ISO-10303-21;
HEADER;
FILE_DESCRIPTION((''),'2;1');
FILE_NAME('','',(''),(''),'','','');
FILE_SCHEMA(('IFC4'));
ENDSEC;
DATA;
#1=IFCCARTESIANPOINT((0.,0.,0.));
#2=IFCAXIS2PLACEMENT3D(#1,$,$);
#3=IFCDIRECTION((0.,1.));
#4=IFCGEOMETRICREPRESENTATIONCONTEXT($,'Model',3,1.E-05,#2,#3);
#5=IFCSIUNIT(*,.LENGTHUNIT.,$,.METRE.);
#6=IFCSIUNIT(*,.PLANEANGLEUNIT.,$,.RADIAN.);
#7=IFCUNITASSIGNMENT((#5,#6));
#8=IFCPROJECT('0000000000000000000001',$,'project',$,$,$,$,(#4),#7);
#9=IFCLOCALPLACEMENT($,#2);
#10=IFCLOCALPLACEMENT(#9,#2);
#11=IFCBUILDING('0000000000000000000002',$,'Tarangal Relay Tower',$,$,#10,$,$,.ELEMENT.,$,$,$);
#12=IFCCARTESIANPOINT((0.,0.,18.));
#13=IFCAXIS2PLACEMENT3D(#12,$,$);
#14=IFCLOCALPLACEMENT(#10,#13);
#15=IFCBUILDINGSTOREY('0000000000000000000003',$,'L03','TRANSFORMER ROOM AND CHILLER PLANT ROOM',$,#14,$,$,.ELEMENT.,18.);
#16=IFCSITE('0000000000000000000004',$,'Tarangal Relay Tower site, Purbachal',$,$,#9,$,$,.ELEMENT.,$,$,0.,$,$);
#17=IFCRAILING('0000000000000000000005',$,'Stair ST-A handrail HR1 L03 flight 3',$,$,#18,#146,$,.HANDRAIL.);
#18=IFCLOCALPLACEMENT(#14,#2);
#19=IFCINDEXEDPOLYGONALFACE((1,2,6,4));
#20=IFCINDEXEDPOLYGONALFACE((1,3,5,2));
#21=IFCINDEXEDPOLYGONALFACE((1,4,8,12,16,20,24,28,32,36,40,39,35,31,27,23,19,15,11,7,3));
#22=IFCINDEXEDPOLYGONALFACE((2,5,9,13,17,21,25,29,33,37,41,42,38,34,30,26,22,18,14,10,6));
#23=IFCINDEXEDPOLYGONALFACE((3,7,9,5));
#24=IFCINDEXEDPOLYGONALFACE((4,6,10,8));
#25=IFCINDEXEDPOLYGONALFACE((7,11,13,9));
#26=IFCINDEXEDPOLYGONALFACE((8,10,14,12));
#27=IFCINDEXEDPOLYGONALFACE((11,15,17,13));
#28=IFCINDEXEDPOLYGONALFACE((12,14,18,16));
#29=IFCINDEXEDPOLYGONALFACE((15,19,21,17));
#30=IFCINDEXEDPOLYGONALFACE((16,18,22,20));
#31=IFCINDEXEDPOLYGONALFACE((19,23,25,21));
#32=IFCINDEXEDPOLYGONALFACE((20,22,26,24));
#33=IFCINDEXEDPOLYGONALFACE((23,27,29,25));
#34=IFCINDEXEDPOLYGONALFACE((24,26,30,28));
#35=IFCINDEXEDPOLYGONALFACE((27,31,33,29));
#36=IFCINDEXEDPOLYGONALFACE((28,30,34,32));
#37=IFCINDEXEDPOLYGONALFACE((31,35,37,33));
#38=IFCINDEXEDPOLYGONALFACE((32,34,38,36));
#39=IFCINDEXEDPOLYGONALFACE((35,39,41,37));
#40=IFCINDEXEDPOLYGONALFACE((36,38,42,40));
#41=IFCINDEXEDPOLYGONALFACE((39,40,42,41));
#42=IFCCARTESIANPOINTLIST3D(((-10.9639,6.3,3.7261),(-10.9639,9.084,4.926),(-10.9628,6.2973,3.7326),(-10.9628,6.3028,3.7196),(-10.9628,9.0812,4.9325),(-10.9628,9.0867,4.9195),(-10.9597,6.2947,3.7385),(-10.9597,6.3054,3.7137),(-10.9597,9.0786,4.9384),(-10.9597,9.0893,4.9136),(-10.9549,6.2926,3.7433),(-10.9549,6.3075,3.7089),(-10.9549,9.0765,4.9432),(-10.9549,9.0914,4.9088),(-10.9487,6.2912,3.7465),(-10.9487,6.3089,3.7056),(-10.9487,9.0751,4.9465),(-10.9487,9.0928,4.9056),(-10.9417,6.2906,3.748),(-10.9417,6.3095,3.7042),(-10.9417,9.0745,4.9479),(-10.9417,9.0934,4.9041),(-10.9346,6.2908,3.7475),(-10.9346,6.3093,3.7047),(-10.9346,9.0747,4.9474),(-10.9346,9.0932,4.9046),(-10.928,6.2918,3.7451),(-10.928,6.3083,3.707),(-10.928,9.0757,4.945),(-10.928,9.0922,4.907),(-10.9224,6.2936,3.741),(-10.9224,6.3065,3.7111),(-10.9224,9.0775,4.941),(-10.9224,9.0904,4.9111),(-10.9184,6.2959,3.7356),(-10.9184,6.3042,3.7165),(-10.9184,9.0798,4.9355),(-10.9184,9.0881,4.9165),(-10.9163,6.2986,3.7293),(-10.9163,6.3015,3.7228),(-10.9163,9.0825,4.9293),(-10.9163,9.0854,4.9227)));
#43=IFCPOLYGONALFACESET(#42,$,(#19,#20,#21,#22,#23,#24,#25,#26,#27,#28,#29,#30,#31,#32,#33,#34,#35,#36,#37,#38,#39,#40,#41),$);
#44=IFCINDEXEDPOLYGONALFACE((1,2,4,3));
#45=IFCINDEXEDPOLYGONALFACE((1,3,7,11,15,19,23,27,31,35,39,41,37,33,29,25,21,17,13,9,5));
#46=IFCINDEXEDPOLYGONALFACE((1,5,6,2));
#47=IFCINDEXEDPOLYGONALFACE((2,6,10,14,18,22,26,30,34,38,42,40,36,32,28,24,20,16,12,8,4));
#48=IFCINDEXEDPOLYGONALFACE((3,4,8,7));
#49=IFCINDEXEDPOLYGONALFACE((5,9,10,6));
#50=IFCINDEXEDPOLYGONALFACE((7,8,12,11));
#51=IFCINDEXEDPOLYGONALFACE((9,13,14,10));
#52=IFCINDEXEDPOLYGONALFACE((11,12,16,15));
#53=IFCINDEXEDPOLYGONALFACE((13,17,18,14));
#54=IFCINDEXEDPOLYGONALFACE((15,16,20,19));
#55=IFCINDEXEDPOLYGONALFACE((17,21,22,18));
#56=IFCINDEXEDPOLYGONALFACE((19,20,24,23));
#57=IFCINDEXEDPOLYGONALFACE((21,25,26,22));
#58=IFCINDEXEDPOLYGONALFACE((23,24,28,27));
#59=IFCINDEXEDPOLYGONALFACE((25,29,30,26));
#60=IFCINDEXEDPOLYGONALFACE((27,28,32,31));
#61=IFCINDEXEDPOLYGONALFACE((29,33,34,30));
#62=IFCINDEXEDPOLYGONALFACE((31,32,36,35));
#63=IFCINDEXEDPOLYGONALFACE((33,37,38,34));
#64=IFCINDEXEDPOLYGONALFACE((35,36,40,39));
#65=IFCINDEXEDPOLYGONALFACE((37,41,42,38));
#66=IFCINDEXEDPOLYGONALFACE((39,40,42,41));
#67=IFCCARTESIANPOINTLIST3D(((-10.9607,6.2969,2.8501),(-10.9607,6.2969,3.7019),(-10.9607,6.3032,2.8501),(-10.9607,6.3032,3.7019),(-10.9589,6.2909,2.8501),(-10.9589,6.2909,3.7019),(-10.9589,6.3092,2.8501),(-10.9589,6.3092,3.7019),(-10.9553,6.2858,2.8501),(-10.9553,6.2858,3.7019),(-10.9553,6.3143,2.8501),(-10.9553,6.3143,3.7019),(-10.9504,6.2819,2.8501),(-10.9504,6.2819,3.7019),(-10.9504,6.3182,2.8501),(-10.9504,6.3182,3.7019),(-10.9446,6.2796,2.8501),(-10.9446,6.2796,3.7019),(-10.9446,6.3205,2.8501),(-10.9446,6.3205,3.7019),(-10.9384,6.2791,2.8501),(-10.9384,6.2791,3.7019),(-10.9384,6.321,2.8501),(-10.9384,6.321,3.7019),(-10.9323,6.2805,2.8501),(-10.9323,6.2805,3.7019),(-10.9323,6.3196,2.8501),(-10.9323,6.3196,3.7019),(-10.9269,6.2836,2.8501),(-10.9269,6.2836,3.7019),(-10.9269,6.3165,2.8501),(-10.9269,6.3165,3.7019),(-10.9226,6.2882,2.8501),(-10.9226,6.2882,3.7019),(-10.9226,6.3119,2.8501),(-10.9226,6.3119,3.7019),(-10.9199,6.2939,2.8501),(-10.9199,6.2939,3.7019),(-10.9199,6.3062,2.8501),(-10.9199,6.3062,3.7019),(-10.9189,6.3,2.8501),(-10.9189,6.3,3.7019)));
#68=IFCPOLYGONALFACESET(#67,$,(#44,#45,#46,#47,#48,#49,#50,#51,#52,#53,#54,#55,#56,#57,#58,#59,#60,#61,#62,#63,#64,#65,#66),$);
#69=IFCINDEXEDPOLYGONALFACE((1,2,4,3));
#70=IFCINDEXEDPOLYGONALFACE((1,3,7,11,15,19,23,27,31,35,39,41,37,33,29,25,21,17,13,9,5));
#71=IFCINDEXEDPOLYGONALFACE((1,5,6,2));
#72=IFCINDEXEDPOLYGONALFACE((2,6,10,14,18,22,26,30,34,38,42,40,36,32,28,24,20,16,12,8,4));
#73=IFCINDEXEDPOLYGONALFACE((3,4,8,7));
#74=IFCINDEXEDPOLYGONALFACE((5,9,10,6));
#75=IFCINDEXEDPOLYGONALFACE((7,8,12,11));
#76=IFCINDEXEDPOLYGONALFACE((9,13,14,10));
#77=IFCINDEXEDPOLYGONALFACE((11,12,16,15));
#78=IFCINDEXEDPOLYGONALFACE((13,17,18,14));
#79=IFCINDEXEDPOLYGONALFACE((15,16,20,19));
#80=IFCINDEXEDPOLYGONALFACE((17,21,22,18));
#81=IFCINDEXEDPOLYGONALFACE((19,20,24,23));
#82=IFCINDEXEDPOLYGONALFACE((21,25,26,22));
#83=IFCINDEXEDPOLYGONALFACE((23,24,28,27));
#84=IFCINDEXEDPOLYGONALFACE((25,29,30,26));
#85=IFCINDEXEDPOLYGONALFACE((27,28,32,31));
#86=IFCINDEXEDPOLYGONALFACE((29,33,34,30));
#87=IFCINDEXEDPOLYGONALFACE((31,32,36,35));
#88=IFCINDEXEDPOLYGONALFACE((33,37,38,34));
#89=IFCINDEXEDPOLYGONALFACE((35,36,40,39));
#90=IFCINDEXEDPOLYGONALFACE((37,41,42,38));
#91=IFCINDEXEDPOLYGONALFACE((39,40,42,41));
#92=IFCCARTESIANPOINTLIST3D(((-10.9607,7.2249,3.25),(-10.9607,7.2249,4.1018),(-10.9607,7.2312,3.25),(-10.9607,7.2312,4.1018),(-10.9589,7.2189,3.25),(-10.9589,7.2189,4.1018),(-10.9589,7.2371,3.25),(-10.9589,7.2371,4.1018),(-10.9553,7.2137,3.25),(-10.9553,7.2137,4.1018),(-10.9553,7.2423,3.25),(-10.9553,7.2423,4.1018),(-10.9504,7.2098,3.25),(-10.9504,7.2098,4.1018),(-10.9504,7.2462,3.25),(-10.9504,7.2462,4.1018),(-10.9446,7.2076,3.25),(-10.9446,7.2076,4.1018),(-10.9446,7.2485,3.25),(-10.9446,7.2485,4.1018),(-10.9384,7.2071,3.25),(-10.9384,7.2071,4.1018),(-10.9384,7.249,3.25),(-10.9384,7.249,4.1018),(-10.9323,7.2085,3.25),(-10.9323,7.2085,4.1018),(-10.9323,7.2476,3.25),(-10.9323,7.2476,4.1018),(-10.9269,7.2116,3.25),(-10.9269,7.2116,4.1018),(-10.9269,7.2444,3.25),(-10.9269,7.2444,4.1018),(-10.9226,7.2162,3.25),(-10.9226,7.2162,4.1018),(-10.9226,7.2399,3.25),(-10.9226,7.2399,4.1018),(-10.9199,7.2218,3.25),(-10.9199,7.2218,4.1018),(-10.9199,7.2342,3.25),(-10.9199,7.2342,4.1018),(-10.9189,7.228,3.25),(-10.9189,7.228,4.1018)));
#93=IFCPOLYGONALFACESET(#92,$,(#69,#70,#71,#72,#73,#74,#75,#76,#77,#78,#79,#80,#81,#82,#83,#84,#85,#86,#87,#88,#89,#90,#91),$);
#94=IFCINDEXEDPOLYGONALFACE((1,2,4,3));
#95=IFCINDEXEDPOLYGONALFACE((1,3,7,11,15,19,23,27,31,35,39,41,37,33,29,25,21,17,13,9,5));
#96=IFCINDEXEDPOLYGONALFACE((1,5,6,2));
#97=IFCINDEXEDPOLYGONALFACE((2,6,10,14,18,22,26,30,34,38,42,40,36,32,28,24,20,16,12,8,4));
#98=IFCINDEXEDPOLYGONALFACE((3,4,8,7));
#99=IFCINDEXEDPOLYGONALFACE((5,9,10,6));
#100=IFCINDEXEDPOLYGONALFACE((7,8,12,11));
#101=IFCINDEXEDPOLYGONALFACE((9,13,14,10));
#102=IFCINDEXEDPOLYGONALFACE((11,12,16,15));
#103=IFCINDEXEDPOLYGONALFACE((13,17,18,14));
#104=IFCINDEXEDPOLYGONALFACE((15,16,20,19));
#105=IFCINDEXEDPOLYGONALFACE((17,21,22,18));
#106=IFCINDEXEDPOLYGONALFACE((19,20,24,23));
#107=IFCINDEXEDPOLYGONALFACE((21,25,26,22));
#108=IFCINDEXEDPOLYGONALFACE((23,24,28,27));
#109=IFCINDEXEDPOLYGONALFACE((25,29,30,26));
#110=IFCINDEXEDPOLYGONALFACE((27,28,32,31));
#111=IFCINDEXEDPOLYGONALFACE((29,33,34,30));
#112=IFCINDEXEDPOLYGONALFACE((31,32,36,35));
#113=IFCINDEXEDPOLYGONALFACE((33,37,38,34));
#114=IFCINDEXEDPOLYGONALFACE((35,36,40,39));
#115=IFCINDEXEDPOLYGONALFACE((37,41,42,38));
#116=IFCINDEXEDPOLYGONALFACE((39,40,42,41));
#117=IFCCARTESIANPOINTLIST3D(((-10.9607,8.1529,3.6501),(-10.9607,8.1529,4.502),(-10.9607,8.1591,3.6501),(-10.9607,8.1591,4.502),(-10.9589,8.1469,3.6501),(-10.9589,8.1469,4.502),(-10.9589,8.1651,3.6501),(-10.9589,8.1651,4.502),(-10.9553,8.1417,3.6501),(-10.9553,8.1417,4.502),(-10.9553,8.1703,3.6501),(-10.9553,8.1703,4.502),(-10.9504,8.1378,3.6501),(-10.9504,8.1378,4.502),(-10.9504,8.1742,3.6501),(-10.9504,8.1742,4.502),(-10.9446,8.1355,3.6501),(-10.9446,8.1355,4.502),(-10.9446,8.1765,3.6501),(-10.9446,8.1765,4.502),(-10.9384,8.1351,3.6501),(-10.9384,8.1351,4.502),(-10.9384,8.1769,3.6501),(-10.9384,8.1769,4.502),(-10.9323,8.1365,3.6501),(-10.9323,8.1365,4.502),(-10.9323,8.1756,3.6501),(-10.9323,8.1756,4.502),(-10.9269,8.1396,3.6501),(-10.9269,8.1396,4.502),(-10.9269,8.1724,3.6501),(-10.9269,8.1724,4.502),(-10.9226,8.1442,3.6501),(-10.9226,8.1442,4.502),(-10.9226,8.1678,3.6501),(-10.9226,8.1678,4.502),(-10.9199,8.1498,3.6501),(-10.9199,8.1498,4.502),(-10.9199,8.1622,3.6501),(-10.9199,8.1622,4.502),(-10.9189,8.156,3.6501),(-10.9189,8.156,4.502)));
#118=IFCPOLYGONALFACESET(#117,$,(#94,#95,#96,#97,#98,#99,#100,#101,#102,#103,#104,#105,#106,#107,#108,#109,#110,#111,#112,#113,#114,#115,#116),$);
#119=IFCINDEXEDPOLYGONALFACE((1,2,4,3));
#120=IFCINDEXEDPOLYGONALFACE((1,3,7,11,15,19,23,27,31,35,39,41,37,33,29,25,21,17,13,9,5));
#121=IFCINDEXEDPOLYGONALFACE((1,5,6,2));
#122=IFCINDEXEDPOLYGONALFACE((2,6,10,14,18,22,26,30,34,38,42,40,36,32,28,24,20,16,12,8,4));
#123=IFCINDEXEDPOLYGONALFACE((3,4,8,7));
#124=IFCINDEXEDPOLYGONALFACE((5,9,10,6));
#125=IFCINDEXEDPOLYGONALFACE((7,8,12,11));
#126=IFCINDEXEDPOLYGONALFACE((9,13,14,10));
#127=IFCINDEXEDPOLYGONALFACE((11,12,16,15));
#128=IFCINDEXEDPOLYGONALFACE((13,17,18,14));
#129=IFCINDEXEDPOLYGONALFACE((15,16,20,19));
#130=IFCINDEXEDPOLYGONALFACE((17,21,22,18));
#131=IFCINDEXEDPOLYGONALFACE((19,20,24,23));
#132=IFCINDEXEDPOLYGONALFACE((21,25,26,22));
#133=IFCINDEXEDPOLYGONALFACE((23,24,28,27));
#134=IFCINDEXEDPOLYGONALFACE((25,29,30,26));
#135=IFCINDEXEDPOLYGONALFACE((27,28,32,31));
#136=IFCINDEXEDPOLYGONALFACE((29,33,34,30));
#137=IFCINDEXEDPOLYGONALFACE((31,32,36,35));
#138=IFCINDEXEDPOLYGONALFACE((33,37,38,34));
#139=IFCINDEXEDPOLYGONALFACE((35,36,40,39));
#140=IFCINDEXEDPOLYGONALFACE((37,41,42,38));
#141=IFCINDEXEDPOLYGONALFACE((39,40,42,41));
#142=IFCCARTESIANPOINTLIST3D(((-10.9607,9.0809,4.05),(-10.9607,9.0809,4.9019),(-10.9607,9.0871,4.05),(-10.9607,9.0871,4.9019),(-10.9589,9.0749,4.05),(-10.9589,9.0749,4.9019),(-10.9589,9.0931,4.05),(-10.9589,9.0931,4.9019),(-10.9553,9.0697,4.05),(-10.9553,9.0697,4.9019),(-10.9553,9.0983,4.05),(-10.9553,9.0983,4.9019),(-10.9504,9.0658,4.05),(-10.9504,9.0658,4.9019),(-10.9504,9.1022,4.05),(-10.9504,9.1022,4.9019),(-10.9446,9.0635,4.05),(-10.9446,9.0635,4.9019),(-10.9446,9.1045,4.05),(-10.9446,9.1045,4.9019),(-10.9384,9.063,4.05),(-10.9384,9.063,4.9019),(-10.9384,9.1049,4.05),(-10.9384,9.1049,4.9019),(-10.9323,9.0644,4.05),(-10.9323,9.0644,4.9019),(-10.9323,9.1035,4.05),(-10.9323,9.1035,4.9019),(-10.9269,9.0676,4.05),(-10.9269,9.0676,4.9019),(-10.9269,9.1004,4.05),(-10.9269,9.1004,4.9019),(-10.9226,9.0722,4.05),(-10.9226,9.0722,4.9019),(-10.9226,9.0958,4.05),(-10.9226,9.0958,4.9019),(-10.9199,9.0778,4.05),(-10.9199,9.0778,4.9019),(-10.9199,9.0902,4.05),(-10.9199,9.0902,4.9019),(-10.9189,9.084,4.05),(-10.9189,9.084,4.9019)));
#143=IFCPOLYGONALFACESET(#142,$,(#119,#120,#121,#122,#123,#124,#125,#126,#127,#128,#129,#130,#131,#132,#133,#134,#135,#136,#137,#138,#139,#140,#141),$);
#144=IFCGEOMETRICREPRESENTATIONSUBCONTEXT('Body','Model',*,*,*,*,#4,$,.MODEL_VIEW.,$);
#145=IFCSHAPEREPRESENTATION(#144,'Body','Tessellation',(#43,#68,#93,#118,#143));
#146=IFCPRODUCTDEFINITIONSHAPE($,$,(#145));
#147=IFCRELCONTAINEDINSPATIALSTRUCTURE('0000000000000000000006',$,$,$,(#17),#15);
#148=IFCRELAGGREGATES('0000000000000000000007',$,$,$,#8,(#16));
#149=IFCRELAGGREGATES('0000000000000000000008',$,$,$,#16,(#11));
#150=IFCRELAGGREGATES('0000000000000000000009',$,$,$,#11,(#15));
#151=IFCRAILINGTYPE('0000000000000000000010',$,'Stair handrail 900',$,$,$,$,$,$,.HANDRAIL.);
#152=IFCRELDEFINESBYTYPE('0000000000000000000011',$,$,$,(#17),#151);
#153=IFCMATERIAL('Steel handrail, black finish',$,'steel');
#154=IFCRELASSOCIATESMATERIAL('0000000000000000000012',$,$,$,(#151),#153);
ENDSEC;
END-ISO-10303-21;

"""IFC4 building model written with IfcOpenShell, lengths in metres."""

from ifc_helpers import new_model, si_unit, direction, frame, origin, origin_2d, place, context, subcontext, project, spatial, circle, extrude, material, type_object, element, save


model = new_model("IFC4")

# Units and contexts
model_context = context("Model", 3, precision=1e-05, world=origin(), true_north=direction((0.0, 1.0)))
body_context = subcontext(model_context, "Body", "Model", "MODEL_VIEW")
ifc_project = project(units=[si_unit("LENGTHUNIT", "METRE"), si_unit("PLANEANGLEUNIT", "RADIAN")], contexts=[model_context])

# Site, building, storey
site_placement = place(None, origin())
site = spatial("IfcSite", under=ifc_project, at=site_placement, Name="Tarangal Relay Tower site, Purbachal", CompositionType="ELEMENT", RefElevation=0.0)
building_placement = place(site_placement, origin())
building = spatial("IfcBuilding", under=site, at=building_placement, Name="Tarangal Relay Tower", CompositionType="ELEMENT")
storey_placement = place(building_placement, frame((0.0, 0.0, 18.0)))
storey = spatial("IfcBuildingStorey", under=building, at=storey_placement, Name="L03", Description="TRANSFORMER ROOM AND CHILLER PLANT ROOM", CompositionType="ELEMENT", Elevation=18.0)

# Railing
ifc_material_1 = material(Name="Steel handrail, black finish", Category="steel")
railing_type_1 = type_object("IfcRailingType", Name="Stair handrail 900", PredefinedType="HANDRAIL", material=ifc_material_1)
railing_1_placement = place(storey_placement, frame((-10.9399, 6.3, 2.8501)))
element("IfcRailing", 1, at=railing_1_placement, inside=storey, type_object=railing_type_1, Name="Stair ST-A handrail HR1 L03 flight 3", PredefinedType="HANDRAIL", context=body_context, shape_type="SweptSolid", body=[
    extrude(circle(Radius=0.0239, at=origin_2d()), frame((0.0, 0.0, 0.876), z_axis=(0.0, 0.918327, 0.395823), x_axis=(-1.0, 0.0, 0.0)), (0.0, 0.0, 1.0), 3.0315),
    extrude(circle(Radius=0.021, at=origin_2d()), origin(), (0.0, 0.0, 1.0), 0.8518),
    extrude(circle(Radius=0.021, at=origin_2d()), frame((0.0, 0.928, 0.3999)), (0.0, 0.0, 1.0), 0.8518),
    extrude(circle(Radius=0.021, at=origin_2d()), frame((0.0, 1.856, 0.8)), (0.0, 0.0, 1.0), 0.8518),
    extrude(circle(Radius=0.021, at=origin_2d()), frame((0.0, 2.7839, 1.2)), (0.0, 0.0, 1.0), 0.8518),
])

save(model, "model.ifc")
